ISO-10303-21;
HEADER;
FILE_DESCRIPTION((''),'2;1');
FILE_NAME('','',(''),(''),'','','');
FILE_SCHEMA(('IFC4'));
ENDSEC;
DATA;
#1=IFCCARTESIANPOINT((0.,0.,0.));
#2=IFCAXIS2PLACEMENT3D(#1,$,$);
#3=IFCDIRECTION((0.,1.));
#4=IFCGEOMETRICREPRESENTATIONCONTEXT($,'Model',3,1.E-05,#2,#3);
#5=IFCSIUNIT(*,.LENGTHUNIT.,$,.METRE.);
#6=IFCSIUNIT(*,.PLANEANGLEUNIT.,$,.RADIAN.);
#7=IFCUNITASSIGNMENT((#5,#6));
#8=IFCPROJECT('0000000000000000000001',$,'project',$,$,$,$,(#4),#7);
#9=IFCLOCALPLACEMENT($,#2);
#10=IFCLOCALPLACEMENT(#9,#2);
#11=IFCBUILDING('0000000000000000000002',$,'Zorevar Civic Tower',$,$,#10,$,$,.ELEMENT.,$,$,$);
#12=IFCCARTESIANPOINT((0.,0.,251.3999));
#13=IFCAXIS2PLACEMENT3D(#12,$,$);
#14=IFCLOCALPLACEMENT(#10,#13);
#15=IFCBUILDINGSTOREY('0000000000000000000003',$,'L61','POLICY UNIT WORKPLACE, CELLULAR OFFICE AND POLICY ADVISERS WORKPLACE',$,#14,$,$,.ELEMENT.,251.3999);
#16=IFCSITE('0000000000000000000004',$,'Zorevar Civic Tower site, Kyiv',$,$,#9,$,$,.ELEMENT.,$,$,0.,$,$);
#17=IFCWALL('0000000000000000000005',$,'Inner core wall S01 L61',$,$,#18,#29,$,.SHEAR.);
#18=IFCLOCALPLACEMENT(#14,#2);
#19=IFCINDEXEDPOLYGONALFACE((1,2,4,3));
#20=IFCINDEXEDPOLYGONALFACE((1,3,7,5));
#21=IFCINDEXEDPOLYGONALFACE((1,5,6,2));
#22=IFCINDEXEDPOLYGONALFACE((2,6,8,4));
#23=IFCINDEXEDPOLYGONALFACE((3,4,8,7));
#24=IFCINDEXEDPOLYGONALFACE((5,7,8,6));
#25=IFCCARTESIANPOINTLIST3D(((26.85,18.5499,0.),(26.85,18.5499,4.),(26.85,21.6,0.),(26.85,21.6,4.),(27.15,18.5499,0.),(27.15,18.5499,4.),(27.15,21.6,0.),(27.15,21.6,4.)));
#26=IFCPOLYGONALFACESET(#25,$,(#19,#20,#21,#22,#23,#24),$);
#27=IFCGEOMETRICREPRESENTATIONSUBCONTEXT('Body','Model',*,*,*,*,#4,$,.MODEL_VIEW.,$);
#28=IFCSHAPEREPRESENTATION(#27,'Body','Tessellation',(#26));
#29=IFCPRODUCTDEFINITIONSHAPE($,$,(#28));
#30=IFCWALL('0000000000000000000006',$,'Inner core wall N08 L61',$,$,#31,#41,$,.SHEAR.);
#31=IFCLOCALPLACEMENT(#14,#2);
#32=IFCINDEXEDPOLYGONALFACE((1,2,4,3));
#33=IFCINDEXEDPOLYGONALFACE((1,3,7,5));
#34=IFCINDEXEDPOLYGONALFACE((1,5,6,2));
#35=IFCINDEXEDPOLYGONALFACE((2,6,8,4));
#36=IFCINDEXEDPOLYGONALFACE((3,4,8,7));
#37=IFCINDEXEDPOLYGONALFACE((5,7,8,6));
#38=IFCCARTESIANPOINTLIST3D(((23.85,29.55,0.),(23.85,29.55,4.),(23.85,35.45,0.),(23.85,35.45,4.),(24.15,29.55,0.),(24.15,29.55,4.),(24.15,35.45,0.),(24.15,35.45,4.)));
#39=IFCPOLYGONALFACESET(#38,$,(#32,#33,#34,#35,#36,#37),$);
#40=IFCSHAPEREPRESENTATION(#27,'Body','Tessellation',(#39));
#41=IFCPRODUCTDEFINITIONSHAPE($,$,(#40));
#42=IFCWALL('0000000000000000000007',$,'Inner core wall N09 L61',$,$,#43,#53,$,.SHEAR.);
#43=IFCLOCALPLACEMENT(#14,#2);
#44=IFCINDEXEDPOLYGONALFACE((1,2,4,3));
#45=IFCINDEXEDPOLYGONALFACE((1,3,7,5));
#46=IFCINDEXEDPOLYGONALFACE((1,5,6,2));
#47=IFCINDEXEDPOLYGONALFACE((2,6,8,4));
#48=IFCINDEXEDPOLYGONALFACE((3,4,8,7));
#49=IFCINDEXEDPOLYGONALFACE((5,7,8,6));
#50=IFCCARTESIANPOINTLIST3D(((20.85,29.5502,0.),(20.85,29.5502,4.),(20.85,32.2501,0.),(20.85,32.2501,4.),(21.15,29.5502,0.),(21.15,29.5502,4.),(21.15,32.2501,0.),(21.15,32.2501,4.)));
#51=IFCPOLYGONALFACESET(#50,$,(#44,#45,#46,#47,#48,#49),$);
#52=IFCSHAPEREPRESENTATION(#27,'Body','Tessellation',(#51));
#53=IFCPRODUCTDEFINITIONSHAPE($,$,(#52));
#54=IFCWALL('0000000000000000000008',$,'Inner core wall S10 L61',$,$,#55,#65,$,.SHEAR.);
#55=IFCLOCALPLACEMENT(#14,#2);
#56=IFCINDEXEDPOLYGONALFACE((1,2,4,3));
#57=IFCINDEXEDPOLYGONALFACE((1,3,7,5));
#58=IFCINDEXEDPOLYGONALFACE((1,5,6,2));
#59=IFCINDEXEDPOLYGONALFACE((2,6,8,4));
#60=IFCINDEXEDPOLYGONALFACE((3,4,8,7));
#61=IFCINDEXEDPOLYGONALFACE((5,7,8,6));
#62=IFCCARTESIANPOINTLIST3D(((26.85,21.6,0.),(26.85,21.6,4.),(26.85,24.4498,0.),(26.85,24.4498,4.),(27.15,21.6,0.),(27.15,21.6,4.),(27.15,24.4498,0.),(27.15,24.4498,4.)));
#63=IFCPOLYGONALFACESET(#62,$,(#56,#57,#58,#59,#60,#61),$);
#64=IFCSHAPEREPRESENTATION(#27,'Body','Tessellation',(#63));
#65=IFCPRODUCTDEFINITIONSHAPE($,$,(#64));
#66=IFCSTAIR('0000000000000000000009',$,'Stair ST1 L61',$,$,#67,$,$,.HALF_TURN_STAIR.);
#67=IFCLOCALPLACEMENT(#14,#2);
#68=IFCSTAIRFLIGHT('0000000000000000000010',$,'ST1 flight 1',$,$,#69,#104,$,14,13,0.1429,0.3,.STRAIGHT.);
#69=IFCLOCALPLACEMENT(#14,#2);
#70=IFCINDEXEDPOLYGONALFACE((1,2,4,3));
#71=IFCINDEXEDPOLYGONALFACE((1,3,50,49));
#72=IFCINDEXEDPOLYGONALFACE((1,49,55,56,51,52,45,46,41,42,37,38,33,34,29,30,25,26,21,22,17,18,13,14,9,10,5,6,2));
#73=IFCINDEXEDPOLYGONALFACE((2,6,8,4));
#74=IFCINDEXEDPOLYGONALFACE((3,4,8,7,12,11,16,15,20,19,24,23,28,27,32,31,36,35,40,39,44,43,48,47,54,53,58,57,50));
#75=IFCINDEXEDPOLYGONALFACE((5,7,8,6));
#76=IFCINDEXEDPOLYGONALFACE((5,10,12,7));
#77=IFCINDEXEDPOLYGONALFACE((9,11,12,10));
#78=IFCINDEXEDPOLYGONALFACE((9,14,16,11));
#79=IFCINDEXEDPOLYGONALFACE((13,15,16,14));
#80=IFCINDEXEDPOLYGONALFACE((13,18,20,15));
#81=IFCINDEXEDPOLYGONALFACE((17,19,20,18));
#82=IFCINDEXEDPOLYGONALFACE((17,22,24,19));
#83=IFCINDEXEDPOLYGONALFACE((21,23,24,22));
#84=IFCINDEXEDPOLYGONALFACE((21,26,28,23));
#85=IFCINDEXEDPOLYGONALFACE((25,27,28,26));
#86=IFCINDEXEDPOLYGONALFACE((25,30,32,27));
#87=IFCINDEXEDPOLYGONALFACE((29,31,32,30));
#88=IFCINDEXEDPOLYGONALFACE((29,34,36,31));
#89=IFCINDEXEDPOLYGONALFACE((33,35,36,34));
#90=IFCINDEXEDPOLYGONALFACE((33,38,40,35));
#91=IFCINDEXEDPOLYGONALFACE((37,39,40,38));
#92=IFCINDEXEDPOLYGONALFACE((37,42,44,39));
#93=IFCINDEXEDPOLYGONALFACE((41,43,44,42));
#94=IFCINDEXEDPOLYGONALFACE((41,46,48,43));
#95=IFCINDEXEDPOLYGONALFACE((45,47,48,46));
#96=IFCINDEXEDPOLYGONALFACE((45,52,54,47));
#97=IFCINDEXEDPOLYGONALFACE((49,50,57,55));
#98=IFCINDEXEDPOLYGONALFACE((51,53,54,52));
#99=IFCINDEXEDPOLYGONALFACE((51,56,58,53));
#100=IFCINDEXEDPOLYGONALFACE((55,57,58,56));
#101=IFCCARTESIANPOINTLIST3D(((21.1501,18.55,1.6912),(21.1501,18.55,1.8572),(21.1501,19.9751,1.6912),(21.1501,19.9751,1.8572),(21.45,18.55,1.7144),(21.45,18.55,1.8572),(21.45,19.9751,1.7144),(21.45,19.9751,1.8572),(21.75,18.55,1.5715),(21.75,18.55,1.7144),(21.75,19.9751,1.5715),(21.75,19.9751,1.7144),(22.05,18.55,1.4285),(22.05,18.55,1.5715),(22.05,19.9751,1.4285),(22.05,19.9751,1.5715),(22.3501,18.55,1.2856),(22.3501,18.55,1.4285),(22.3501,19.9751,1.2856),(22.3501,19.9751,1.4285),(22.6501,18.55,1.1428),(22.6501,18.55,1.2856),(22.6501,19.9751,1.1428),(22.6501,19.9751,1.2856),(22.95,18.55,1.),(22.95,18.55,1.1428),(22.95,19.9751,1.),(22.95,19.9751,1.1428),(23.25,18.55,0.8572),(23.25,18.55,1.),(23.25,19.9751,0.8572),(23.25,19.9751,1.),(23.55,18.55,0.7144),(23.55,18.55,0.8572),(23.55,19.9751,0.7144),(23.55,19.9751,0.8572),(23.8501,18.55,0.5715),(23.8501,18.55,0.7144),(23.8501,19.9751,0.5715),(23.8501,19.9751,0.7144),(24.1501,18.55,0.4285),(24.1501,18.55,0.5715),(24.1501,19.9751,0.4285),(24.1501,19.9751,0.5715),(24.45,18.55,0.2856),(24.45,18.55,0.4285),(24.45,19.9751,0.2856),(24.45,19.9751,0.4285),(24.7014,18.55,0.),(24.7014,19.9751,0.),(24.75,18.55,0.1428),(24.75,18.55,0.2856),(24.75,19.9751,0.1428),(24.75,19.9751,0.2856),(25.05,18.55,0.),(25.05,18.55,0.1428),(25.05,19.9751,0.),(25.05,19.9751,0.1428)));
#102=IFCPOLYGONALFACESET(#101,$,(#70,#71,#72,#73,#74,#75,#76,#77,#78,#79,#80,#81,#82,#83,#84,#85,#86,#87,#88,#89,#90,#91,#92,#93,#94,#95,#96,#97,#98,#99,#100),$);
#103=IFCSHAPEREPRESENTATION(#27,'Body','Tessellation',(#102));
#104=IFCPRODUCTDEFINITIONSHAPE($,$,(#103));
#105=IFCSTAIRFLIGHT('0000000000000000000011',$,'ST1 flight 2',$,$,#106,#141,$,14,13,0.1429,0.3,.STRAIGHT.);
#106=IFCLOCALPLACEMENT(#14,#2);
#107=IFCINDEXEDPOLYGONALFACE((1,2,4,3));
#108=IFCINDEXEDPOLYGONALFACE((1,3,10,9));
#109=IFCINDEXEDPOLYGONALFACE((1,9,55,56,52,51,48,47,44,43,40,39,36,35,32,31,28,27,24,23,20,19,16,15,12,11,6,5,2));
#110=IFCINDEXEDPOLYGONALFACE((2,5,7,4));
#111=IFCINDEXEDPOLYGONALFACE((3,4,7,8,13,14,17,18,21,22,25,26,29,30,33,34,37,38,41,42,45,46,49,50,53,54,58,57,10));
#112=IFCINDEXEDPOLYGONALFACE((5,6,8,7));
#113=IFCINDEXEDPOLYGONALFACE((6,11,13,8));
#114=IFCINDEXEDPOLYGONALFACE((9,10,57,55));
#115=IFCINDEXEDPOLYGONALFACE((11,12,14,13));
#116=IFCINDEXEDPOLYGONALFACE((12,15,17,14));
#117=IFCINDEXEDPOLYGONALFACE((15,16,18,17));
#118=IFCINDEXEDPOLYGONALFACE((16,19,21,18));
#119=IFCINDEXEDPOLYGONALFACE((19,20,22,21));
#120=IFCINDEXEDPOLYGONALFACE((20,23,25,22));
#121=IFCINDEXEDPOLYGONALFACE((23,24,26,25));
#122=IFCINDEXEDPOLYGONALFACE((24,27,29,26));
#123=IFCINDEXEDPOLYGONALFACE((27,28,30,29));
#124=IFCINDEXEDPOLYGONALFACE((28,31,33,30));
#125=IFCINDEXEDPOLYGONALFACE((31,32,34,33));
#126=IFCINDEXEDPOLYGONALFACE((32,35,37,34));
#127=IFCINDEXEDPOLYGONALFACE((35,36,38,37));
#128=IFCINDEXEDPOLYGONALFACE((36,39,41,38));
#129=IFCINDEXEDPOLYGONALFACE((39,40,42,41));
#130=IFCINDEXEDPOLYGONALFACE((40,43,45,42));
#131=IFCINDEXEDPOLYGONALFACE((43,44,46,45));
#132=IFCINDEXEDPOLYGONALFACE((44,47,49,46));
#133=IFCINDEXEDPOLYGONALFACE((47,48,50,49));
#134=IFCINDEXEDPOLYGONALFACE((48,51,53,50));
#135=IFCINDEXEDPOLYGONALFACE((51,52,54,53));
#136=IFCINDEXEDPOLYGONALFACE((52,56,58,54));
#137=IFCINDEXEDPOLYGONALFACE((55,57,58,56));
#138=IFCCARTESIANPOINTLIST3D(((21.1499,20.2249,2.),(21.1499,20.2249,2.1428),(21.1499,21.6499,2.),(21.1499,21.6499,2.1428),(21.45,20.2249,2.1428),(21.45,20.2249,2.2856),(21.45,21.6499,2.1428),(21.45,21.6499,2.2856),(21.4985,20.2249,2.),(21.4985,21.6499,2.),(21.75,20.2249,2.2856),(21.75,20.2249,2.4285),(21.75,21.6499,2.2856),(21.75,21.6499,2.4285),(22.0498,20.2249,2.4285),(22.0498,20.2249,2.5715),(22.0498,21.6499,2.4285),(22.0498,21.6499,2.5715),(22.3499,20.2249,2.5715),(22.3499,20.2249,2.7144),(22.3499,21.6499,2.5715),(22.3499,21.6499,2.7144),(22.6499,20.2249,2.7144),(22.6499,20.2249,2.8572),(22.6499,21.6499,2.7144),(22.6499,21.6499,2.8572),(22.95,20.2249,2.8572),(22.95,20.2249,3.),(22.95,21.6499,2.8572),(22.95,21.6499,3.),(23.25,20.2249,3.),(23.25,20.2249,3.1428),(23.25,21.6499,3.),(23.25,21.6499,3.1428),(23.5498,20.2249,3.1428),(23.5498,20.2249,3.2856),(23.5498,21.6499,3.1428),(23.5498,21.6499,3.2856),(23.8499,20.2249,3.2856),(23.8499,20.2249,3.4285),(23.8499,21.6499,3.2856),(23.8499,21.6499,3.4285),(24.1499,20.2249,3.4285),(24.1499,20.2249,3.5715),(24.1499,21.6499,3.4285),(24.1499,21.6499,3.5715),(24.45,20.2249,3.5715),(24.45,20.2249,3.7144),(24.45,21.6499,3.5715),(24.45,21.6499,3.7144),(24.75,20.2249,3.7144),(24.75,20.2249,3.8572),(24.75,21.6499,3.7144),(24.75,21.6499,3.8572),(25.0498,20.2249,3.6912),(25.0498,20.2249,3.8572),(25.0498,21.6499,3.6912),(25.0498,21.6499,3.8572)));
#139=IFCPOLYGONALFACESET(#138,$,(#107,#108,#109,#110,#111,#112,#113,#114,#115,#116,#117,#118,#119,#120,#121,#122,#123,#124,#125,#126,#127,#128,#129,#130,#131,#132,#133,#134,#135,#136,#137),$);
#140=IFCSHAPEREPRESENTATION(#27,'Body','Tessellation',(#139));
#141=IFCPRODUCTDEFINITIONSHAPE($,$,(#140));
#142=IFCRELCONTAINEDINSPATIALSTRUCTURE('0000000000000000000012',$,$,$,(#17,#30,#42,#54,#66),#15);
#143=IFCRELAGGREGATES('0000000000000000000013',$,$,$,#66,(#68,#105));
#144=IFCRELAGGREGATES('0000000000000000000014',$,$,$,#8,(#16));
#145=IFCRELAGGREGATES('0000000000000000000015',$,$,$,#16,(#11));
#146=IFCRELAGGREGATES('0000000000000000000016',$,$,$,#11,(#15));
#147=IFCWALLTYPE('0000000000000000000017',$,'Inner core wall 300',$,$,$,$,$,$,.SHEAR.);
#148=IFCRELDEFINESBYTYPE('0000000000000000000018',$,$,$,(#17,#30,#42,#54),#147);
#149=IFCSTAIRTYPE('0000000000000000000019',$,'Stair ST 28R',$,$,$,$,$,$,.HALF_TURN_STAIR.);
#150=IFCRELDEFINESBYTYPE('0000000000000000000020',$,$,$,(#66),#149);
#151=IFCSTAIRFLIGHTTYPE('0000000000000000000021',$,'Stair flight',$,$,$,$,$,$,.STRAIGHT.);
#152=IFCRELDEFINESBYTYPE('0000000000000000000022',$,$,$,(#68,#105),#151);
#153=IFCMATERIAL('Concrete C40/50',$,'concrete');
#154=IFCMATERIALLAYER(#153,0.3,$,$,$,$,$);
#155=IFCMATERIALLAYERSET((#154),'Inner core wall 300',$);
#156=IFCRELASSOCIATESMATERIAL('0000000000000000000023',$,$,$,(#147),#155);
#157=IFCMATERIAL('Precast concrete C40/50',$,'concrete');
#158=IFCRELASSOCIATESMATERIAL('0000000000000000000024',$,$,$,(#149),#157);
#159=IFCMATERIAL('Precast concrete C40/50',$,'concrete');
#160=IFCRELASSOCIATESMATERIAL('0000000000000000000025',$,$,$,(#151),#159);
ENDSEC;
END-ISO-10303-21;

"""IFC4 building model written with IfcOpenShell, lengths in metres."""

from ifc_helpers import new_model, si_unit, direction, frame, frame_2d, origin, place, context, subcontext, project, spatial, polyline, rectangle, outline, extrude, material, layer, layer_set, type_object, element, aggregate, save


model = new_model("IFC4")

# Units and contexts
model_context = context("Model", 3, precision=1e-05, world=origin(), true_north=direction((0.0, 1.0)))
body_context = subcontext(model_context, "Body", "Model", "MODEL_VIEW")
ifc_project = project(units=[si_unit("LENGTHUNIT", "METRE"), si_unit("PLANEANGLEUNIT", "RADIAN")], contexts=[model_context])

# Site, building, storey
site_placement = place(None, origin())
site = spatial("IfcSite", under=ifc_project, at=site_placement, Name="Zorevar Civic Tower site, Kyiv", CompositionType="ELEMENT", RefElevation=0.0)
building_placement = place(site_placement, origin())
building = spatial("IfcBuilding", under=site, at=building_placement, Name="Zorevar Civic Tower", CompositionType="ELEMENT")
storey_placement = place(building_placement, frame((0.0, 0.0, 251.3999)))
storey = spatial("IfcBuildingStorey", under=building, at=storey_placement, Name="L61", Description="POLICY UNIT WORKPLACE, CELLULAR OFFICE AND POLICY ADVISERS WORKPLACE", CompositionType="ELEMENT", Elevation=251.3999)

# Wall
ifc_material_1 = material(Name="Concrete C40/50", Category="concrete")
ifc_layer = layer(ifc_material_1, 0.3)
ifc_layer_set = layer_set([ifc_layer], Name="Inner core wall 300")
wall_type = type_object("IfcWallType", Name="Inner core wall 300", PredefinedType="SHEAR", material=ifc_layer_set)
wall_1_placement = place(storey_placement, frame((27.0, 18.55, 0.0), z_axis=(0.0, 0.0, 1.0), x_axis=(0.0, 1.0, 0.0)))
element("IfcWall", 1, at=wall_1_placement, inside=storey, type_object=wall_type, Name="Inner core wall S01 L61", PredefinedType="SHEAR", context=body_context, shape_type="SweptSolid", body=[
    extrude(rectangle(XDim=3.05, YDim=0.3, at=frame_2d((1.5249, 0.0))), origin(), (0.0, 0.0, 1.0), 4.0),
])

# Walls
wall_2_placement = place(storey_placement, frame((24.0, 29.55, 0.0), z_axis=(0.0, 0.0, 1.0), x_axis=(0.0, 1.0, 0.0)))
element("IfcWall", 2, at=wall_2_placement, inside=storey, type_object=wall_type, Name="Inner core wall N08 L61", PredefinedType="SHEAR", context=body_context, shape_type="SweptSolid", body=[
    extrude(rectangle(XDim=5.8999, YDim=0.3, at=frame_2d((2.95, 0.0))), origin(), (0.0, 0.0, 1.0), 4.0),
])
wall_3_placement = place(storey_placement, frame((21.0, 29.55, 0.0), z_axis=(0.0, 0.0, 1.0), x_axis=(0.0, 1.0, 0.0)))
element("IfcWall", 3, at=wall_3_placement, inside=storey, type_object=wall_type, Name="Inner core wall N09 L61", PredefinedType="SHEAR", context=body_context, shape_type="SweptSolid", body=[
    extrude(rectangle(XDim=2.7, YDim=0.3, at=frame_2d((1.3501, 0.0))), origin(), (0.0, 0.0, 1.0), 4.0),
])
wall_4_placement = place(storey_placement, frame((27.0, 21.6001, 0.0), z_axis=(0.0, 0.0, 1.0), x_axis=(0.0, 1.0, 0.0)))
element("IfcWall", 4, at=wall_4_placement, inside=storey, type_object=wall_type, Name="Inner core wall S10 L61", PredefinedType="SHEAR", context=body_context, shape_type="SweptSolid", body=[
    extrude(rectangle(XDim=2.8499, YDim=0.3, at=frame_2d((1.4248, 0.0))), origin(), (0.0, 0.0, 1.0), 4.0),
])

# Stair, stair flights
ifc_material_2 = material(Name="Precast concrete C40/50", Category="concrete")
stair_type = type_object("IfcStairType", Name="Stair ST 28R", PredefinedType="HALF_TURN_STAIR", material=ifc_material_2)
stair_placement = place(storey_placement, origin())
stair = element("IfcStair", 5, at=stair_placement, inside=storey, type_object=stair_type, Name="Stair ST1 L61", PredefinedType="HALF_TURN_STAIR")
ifc_material_3 = material(Name="Precast concrete C40/50", Category="concrete")
stair_flight_type = type_object("IfcStairFlightType", Name="Stair flight", PredefinedType="STRAIGHT", material=ifc_material_3)
stair_flight_1_placement = place(storey_placement, frame((25.05, 19.2625, 0.0), z_axis=(0.0, 0.0, 1.0), x_axis=(-1.0, 0.0, 0.0)))
stair_flight_1 = element("IfcStairFlight", 6, at=stair_flight_1_placement, type_object=stair_flight_type, Name="ST1 flight 1", NumberOfRisers=14, NumberOfTreads=13, PredefinedType="STRAIGHT", RiserHeight=0.1429, TreadLength=0.3, context=body_context, shape_type="SweptSolid", body=[
    extrude(outline(polyline([(0.0, 0.0), (0.0, 0.1428), (0.3, 0.1428), (0.3, 0.2856), (0.6001, 0.2856), (0.6001, 0.4285), (0.8999, 0.4285), (0.8999, 0.5715), (1.2, 0.5715), (1.2, 0.7144), (1.5, 0.7144), (1.5, 0.8572), (1.8, 0.8572), (1.8, 1.0), (2.1001, 1.0), (2.1001, 1.1428), (2.3999, 1.1428), (2.3999, 1.2856), (2.7, 1.2856), (2.7, 1.4285), (3.0, 1.4285), (3.0, 1.5715), (3.3, 1.5715), (3.3, 1.7144), (3.6001, 1.7144), (3.6001, 1.8572), (3.8999, 1.8572), (3.8999, 2.0), (3.8999, 1.6912), (0.3486, 0.0), (0.0, 0.0)])), frame((0.0, 0.7124, 0.0), z_axis=(0.0, -1.0, 0.0), x_axis=(1.0, 0.0, 0.0)), (0.0, 0.0, 1.0), 1.425),
])
stair_flight_2_placement = place(storey_placement, frame((21.1499, 20.9375, 2.0), z_axis=(0.0, 0.0, 1.0), x_axis=(1.0, 0.0, 0.0)))
stair_flight_2 = element("IfcStairFlight", 7, at=stair_flight_2_placement, type_object=stair_flight_type, Name="ST1 flight 2", NumberOfRisers=14, NumberOfTreads=13, PredefinedType="STRAIGHT", RiserHeight=0.1429, TreadLength=0.3, context=body_context, shape_type="SweptSolid", body=[
    extrude(outline(polyline([(0.0, 0.0), (0.0, 0.1428), (0.3, 0.1428), (0.3, 0.2856), (0.6001, 0.2856), (0.6001, 0.4285), (0.8999, 0.4285), (0.8999, 0.5715), (1.2, 0.5715), (1.2, 0.7144), (1.5, 0.7144), (1.5, 0.8572), (1.8, 0.8572), (1.8, 1.0), (2.1001, 1.0), (2.1001, 1.1428), (2.3999, 1.1428), (2.3999, 1.2856), (2.7, 1.2856), (2.7, 1.4285), (3.0, 1.4285), (3.0, 1.5715), (3.3, 1.5715), (3.3, 1.7144), (3.6001, 1.7144), (3.6001, 1.8572), (3.8999, 1.8572), (3.8999, 2.0), (3.8999, 1.6912), (0.3486, 0.0), (0.0, 0.0)])), frame((0.0, 0.7124, 0.0), z_axis=(0.0, -1.0, 0.0), x_axis=(1.0, 0.0, 0.0)), (0.0, 0.0, 1.0), 1.425),
])
aggregate(stair, [stair_flight_1, stair_flight_2])

save(model, "model.ifc")
